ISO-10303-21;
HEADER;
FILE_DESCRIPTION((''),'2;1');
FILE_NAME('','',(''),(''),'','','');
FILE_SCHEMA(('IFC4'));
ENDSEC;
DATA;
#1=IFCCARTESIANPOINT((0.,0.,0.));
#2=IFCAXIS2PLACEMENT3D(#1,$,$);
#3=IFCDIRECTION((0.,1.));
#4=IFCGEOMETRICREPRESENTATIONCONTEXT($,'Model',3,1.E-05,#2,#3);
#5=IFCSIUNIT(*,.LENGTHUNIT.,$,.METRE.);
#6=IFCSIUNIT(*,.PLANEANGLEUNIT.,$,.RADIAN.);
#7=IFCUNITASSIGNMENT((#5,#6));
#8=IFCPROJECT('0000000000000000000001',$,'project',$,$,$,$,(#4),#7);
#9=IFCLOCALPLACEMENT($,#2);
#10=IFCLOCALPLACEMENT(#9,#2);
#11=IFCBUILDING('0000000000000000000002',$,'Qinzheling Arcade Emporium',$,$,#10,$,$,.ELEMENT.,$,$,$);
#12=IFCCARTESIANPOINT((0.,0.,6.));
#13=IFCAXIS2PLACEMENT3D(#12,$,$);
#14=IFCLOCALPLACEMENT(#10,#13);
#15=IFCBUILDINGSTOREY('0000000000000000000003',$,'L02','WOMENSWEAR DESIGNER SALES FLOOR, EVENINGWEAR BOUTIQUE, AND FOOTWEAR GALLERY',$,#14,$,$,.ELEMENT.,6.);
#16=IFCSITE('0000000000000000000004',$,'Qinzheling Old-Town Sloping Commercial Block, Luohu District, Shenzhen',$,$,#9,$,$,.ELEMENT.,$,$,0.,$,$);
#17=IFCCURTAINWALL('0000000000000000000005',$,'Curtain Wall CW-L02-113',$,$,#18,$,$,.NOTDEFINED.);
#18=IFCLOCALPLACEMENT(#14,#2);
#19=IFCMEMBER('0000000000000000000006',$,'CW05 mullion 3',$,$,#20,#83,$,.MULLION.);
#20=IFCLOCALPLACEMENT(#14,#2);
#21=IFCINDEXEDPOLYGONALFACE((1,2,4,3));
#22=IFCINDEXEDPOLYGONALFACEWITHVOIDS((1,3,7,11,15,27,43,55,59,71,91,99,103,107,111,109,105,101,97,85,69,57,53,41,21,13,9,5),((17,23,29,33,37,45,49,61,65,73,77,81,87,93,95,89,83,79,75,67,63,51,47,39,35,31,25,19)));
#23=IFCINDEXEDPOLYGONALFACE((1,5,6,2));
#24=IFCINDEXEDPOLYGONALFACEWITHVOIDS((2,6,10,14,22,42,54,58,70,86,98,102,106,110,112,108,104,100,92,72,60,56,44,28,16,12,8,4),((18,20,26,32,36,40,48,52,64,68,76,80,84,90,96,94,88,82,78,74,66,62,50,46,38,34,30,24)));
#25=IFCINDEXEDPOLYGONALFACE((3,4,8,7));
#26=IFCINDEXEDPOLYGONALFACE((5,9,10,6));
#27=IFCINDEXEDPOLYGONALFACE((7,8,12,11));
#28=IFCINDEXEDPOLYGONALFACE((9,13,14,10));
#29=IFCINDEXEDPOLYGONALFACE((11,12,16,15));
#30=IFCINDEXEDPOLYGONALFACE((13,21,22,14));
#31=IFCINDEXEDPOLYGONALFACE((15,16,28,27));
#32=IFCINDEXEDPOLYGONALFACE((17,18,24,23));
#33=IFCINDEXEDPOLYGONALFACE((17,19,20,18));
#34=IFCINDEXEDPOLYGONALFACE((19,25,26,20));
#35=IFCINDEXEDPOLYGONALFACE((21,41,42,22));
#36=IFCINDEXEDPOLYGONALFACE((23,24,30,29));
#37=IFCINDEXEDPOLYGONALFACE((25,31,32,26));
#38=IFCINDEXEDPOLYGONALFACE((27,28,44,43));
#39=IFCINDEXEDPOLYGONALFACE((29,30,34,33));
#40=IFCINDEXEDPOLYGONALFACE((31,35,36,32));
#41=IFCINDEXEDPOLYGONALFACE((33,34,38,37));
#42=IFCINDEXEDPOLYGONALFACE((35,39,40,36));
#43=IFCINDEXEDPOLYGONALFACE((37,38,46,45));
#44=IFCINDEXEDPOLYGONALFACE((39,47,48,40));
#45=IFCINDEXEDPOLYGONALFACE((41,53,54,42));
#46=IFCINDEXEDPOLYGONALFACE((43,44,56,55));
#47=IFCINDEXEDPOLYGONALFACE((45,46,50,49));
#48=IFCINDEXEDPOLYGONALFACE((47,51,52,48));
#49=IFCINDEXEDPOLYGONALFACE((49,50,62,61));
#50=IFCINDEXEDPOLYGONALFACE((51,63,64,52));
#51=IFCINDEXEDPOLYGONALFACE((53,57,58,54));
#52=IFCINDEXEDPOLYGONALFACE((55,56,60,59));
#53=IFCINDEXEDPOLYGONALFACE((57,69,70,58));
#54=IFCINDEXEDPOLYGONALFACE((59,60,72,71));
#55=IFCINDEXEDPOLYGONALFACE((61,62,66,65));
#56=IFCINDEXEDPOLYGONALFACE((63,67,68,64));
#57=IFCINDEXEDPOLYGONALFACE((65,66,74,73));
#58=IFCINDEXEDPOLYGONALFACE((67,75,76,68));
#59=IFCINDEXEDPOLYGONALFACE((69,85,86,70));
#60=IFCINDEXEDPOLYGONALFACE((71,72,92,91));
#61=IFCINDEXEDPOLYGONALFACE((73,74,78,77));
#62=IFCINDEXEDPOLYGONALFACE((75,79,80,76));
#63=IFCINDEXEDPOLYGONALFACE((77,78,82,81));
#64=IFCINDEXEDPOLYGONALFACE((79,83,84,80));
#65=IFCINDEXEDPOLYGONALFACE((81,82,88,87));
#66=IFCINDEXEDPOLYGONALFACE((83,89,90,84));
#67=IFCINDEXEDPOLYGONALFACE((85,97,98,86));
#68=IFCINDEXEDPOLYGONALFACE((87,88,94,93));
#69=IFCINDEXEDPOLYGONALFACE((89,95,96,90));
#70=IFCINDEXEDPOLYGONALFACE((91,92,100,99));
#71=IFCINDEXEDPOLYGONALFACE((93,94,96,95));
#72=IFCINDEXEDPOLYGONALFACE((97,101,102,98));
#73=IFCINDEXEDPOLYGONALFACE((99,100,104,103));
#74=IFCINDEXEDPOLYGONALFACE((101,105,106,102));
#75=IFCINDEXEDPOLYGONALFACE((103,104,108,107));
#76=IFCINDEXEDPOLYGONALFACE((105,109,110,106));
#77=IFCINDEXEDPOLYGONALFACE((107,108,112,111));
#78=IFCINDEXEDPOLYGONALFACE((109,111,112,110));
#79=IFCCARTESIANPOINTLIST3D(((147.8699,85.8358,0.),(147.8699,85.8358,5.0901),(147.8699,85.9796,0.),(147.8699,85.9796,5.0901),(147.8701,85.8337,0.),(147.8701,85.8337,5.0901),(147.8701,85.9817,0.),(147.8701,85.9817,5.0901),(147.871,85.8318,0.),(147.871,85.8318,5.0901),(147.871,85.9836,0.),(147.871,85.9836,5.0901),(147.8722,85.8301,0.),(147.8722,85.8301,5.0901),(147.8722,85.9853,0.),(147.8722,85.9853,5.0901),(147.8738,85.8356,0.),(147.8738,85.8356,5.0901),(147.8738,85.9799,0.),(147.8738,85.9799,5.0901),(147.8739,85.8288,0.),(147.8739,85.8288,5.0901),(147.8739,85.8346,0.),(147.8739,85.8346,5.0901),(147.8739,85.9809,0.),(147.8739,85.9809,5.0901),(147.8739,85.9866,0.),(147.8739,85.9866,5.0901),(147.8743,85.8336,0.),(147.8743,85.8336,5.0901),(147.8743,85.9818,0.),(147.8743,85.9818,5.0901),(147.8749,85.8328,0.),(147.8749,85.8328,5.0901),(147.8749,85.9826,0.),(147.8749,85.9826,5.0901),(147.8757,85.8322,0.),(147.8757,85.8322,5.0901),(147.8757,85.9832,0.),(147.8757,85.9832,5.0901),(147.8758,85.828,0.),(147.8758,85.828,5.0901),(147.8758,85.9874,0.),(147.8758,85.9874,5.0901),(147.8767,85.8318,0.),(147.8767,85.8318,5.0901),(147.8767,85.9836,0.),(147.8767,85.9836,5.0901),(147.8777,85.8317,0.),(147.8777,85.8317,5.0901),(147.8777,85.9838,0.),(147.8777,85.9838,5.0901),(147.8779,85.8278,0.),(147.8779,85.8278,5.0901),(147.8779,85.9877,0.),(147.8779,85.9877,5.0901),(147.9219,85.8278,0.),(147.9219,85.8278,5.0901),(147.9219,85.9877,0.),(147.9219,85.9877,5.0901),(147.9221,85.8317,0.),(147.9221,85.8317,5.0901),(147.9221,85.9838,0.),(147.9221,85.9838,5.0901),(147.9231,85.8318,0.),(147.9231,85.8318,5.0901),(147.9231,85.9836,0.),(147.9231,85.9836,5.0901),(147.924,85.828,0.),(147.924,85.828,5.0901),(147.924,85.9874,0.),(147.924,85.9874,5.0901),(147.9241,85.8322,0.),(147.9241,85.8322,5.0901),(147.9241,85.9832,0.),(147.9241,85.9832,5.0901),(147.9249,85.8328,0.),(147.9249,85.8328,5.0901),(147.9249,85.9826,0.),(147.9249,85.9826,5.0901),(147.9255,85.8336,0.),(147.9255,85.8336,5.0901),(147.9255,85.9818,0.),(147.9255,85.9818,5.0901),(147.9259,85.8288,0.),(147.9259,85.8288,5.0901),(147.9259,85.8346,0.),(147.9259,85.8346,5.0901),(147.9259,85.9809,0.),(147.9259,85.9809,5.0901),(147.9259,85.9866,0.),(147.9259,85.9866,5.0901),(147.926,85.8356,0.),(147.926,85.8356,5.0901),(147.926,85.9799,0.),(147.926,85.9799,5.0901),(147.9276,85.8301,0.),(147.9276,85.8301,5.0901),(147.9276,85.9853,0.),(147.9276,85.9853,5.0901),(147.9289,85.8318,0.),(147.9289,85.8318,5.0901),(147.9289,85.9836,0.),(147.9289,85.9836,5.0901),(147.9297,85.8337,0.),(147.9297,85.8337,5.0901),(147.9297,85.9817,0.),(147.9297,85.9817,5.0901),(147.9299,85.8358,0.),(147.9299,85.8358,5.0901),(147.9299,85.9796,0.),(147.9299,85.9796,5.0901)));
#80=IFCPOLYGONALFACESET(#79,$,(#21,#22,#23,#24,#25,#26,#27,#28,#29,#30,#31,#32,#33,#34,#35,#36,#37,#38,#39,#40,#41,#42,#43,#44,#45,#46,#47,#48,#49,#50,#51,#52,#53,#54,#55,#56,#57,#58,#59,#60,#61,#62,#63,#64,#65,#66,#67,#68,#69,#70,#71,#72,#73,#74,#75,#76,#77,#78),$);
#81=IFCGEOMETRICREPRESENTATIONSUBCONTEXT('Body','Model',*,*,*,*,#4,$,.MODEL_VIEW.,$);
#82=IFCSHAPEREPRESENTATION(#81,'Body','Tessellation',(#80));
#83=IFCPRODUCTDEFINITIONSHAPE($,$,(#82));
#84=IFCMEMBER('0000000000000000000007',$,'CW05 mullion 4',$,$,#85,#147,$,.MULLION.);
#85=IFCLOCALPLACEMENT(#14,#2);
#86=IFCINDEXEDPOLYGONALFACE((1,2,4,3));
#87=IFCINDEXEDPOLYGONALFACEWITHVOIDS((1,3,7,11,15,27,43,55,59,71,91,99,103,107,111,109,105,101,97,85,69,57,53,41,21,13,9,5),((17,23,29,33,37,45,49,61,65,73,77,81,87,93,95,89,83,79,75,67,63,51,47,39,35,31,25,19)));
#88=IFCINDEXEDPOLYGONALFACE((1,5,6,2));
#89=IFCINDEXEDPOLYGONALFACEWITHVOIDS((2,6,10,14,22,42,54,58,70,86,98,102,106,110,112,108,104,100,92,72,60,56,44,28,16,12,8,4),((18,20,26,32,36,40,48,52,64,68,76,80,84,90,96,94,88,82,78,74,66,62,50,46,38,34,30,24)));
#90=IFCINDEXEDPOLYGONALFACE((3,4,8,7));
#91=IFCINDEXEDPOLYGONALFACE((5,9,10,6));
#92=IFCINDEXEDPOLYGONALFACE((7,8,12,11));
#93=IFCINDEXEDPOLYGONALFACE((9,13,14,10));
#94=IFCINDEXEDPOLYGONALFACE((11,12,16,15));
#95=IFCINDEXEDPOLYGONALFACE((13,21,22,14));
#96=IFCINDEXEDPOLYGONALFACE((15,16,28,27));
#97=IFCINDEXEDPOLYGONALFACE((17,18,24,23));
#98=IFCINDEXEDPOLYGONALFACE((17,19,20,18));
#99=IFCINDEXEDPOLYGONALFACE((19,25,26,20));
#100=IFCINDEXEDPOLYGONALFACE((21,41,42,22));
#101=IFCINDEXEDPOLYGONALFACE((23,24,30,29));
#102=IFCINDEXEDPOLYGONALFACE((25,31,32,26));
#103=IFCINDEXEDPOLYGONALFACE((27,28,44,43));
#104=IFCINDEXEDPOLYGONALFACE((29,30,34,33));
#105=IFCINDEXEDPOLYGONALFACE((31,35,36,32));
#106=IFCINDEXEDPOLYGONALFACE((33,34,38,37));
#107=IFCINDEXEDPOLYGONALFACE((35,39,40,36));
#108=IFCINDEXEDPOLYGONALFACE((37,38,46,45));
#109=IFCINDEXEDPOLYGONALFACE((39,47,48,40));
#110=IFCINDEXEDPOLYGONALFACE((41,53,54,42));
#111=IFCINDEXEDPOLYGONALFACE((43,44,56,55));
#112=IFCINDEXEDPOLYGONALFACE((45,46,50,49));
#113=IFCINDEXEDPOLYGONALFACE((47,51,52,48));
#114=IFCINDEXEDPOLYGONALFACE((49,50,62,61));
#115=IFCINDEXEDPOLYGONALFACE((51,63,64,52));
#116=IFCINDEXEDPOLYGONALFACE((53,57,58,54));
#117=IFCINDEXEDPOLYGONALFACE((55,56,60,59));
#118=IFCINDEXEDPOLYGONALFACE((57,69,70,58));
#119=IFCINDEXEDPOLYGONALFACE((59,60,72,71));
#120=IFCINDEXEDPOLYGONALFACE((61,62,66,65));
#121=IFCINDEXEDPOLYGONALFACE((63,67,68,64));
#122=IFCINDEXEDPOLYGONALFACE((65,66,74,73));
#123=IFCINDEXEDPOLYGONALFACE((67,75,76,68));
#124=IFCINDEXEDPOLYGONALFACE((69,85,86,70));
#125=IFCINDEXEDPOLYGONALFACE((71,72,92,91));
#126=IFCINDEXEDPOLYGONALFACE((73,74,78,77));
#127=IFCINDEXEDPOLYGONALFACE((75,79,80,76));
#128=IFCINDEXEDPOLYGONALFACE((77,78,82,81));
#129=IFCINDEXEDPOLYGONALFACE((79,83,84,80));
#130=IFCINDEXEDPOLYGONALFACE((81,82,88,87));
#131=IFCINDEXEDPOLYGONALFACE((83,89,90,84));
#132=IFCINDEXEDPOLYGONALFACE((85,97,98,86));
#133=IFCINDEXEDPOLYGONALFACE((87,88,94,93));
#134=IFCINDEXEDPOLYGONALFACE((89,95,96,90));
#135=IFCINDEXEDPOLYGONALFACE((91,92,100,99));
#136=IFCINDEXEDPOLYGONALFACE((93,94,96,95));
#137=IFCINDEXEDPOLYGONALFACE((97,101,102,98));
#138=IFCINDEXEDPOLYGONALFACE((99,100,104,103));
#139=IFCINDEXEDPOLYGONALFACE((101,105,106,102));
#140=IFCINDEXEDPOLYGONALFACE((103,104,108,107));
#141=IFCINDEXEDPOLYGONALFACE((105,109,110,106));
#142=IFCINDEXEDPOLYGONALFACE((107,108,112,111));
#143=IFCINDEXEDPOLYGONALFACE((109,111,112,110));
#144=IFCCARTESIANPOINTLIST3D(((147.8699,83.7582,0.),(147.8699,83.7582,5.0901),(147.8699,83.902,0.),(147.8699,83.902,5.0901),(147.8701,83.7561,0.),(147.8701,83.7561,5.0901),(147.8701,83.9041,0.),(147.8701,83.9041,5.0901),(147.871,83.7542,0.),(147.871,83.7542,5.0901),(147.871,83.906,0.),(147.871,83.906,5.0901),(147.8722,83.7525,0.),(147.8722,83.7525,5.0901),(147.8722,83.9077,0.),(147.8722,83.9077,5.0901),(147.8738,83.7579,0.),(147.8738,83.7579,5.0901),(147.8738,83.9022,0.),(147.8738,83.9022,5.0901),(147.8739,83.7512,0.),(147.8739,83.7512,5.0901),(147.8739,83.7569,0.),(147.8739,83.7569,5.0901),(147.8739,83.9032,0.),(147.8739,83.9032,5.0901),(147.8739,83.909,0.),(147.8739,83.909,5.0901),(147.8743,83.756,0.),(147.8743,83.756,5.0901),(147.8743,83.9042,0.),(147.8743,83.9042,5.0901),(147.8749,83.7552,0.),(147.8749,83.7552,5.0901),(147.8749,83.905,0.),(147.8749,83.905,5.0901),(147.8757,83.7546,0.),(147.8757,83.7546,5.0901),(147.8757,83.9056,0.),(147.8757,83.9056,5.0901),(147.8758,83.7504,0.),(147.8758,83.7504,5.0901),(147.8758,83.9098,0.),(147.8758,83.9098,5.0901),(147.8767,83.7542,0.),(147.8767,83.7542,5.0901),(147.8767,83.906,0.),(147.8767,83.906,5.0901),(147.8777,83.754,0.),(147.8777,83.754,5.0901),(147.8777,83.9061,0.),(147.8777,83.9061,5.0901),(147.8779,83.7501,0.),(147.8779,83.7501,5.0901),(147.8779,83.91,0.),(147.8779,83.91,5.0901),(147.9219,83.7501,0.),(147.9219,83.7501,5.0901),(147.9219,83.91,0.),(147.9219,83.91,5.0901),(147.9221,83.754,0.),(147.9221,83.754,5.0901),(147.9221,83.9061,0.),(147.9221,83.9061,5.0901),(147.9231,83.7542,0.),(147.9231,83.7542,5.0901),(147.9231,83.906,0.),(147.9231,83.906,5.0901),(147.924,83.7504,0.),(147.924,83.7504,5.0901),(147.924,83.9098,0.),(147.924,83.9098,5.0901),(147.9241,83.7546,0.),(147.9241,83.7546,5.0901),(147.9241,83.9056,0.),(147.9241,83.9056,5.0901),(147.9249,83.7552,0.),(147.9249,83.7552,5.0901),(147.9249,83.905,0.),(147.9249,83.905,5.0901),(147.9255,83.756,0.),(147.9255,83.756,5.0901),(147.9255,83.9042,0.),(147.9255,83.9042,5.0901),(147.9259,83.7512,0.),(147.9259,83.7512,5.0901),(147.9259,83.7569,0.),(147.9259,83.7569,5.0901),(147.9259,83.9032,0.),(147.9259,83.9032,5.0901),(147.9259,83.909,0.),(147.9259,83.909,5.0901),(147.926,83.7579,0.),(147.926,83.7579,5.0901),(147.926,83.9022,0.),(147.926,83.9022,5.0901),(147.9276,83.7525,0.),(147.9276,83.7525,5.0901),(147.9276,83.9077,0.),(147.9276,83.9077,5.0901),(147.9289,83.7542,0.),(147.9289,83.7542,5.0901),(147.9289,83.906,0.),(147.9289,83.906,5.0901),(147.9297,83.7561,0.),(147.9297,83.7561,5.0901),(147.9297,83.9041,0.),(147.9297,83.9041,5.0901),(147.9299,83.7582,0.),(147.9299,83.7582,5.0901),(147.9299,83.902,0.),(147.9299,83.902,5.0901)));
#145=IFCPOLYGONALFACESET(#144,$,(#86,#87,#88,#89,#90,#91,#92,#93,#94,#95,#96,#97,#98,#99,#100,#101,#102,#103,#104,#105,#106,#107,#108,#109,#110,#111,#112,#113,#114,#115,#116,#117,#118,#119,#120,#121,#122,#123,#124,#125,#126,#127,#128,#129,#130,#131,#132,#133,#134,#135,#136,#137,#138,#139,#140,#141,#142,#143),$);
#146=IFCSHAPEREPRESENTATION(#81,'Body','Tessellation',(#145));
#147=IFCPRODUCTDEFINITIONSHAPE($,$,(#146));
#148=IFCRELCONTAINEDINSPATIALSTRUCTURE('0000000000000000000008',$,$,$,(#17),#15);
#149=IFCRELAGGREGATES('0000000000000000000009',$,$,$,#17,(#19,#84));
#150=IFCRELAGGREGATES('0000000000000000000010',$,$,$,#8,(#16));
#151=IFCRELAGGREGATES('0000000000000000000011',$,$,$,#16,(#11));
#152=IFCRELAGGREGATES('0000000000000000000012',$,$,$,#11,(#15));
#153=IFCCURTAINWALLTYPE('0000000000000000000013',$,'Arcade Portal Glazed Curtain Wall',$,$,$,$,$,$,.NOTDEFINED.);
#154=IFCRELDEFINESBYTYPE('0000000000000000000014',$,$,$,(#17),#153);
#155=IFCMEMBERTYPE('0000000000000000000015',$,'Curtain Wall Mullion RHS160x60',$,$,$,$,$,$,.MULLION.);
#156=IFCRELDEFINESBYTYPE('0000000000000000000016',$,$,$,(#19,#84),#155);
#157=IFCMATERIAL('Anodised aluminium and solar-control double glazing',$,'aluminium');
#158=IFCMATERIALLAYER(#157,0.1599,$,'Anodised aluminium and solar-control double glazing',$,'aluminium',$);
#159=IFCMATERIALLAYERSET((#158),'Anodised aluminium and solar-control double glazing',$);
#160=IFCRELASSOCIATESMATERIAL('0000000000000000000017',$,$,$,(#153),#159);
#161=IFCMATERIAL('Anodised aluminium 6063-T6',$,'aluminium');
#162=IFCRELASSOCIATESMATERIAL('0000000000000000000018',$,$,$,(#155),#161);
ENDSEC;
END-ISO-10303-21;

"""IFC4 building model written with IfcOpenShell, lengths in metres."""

from ifc_helpers import new_model, si_unit, direction, frame, origin, origin_2d, place, context, subcontext, project, spatial, hollow_rectangle, extrude, material, layer, layer_set, material_profile, profile_set, type_object, element, aggregate, save


model = new_model("IFC4")

# Units and contexts
model_context = context("Model", 3, precision=1e-05, world=origin(), true_north=direction((0.0, 1.0)))
body_context = subcontext(model_context, "Body", "Model", "MODEL_VIEW")
ifc_project = project(units=[si_unit("LENGTHUNIT", "METRE"), si_unit("PLANEANGLEUNIT", "RADIAN")], contexts=[model_context])

# Site, building, storey
site_placement = place(None, origin())
site = spatial("IfcSite", under=ifc_project, at=site_placement, Name="Qinzheling Old-Town Sloping Commercial Block, Luohu District, Shenzhen", CompositionType="ELEMENT", RefElevation=0.0)
building_placement = place(site_placement, origin())
building = spatial("IfcBuilding", under=site, at=building_placement, Name="Qinzheling Arcade Emporium", CompositionType="ELEMENT")
storey_placement = place(building_placement, frame((0.0, 0.0, 6.0)))
storey = spatial("IfcBuildingStorey", under=building, at=storey_placement, Name="L02", Description="WOMENSWEAR DESIGNER SALES FLOOR, EVENINGWEAR BOUTIQUE, AND FOOTWEAR GALLERY", CompositionType="ELEMENT", Elevation=6.0)

# Curtain wall, members
ifc_material_1 = material(Name="Anodised aluminium and solar-control double glazing", Category="aluminium")
ifc_layer_1 = layer(ifc_material_1, 0.1599, Name="Anodised aluminium and solar-control double glazing", Category="aluminium")
ifc_layer_set_1 = layer_set([ifc_layer_1], Name="Anodised aluminium and solar-control double glazing")
curtain_wall_type_1 = type_object("IfcCurtainWallType", Name="Arcade Portal Glazed Curtain Wall", PredefinedType="NOTDEFINED", material=ifc_layer_set_1)
curtain_wall_1_placement = place(storey_placement, origin())
curtain_wall_1 = element("IfcCurtainWall", 1, at=curtain_wall_1_placement, inside=storey, type_object=curtain_wall_type_1, Name="Curtain Wall CW-L02-113", PredefinedType="NOTDEFINED")
ifc_material_2 = material(Name="Anodised aluminium 6063-T6", Category="aluminium")
ifc_material_profile_1 = material_profile(ifc_material_2, hollow_rectangle(XDim=0.0601, YDim=0.1599, WallThickness=0.0039, InnerFilletRadius=0.0039, OuterFilletRadius=0.0081, at=origin_2d()), Name="RHS 160x60x4", Category="aluminium")
ifc_profile_set_1 = profile_set([ifc_material_profile_1], Name="Anodised aluminium 6063-T6")
member_type_1 = type_object("IfcMemberType", Name="Curtain Wall Mullion RHS160x60", PredefinedType="MULLION", material=ifc_profile_set_1)
member_1_placement = place(storey_placement, frame((147.8999, 85.9077, 0.0), z_axis=(0.0, 0.0, 1.0), x_axis=(1.0, 0.0, 0.0)))
member_1 = element("IfcMember", 2, at=member_1_placement, type_object=member_type_1, Name="CW05 mullion 3", PredefinedType="MULLION", context=body_context, shape_type="SweptSolid", body=[
    extrude(hollow_rectangle(XDim=0.0601, YDim=0.1599, WallThickness=0.0039, InnerFilletRadius=0.0039, OuterFilletRadius=0.0081, at=origin_2d()), origin(), (0.0, 0.0, 1.0), 5.0901),
])
member_2_placement = place(storey_placement, frame((147.8999, 83.8301, 0.0), z_axis=(0.0, 0.0, 1.0), x_axis=(1.0, 0.0, 0.0)))
member_2 = element("IfcMember", 3, at=member_2_placement, type_object=member_type_1, Name="CW05 mullion 4", PredefinedType="MULLION", context=body_context, shape_type="SweptSolid", body=[
    extrude(hollow_rectangle(XDim=0.0601, YDim=0.1599, WallThickness=0.0039, InnerFilletRadius=0.0039, OuterFilletRadius=0.0081, at=origin_2d()), origin(), (0.0, 0.0, 1.0), 5.0901),
])

aggregate(curtain_wall_1, [member_1, member_2])

save(model, "model.ifc")
